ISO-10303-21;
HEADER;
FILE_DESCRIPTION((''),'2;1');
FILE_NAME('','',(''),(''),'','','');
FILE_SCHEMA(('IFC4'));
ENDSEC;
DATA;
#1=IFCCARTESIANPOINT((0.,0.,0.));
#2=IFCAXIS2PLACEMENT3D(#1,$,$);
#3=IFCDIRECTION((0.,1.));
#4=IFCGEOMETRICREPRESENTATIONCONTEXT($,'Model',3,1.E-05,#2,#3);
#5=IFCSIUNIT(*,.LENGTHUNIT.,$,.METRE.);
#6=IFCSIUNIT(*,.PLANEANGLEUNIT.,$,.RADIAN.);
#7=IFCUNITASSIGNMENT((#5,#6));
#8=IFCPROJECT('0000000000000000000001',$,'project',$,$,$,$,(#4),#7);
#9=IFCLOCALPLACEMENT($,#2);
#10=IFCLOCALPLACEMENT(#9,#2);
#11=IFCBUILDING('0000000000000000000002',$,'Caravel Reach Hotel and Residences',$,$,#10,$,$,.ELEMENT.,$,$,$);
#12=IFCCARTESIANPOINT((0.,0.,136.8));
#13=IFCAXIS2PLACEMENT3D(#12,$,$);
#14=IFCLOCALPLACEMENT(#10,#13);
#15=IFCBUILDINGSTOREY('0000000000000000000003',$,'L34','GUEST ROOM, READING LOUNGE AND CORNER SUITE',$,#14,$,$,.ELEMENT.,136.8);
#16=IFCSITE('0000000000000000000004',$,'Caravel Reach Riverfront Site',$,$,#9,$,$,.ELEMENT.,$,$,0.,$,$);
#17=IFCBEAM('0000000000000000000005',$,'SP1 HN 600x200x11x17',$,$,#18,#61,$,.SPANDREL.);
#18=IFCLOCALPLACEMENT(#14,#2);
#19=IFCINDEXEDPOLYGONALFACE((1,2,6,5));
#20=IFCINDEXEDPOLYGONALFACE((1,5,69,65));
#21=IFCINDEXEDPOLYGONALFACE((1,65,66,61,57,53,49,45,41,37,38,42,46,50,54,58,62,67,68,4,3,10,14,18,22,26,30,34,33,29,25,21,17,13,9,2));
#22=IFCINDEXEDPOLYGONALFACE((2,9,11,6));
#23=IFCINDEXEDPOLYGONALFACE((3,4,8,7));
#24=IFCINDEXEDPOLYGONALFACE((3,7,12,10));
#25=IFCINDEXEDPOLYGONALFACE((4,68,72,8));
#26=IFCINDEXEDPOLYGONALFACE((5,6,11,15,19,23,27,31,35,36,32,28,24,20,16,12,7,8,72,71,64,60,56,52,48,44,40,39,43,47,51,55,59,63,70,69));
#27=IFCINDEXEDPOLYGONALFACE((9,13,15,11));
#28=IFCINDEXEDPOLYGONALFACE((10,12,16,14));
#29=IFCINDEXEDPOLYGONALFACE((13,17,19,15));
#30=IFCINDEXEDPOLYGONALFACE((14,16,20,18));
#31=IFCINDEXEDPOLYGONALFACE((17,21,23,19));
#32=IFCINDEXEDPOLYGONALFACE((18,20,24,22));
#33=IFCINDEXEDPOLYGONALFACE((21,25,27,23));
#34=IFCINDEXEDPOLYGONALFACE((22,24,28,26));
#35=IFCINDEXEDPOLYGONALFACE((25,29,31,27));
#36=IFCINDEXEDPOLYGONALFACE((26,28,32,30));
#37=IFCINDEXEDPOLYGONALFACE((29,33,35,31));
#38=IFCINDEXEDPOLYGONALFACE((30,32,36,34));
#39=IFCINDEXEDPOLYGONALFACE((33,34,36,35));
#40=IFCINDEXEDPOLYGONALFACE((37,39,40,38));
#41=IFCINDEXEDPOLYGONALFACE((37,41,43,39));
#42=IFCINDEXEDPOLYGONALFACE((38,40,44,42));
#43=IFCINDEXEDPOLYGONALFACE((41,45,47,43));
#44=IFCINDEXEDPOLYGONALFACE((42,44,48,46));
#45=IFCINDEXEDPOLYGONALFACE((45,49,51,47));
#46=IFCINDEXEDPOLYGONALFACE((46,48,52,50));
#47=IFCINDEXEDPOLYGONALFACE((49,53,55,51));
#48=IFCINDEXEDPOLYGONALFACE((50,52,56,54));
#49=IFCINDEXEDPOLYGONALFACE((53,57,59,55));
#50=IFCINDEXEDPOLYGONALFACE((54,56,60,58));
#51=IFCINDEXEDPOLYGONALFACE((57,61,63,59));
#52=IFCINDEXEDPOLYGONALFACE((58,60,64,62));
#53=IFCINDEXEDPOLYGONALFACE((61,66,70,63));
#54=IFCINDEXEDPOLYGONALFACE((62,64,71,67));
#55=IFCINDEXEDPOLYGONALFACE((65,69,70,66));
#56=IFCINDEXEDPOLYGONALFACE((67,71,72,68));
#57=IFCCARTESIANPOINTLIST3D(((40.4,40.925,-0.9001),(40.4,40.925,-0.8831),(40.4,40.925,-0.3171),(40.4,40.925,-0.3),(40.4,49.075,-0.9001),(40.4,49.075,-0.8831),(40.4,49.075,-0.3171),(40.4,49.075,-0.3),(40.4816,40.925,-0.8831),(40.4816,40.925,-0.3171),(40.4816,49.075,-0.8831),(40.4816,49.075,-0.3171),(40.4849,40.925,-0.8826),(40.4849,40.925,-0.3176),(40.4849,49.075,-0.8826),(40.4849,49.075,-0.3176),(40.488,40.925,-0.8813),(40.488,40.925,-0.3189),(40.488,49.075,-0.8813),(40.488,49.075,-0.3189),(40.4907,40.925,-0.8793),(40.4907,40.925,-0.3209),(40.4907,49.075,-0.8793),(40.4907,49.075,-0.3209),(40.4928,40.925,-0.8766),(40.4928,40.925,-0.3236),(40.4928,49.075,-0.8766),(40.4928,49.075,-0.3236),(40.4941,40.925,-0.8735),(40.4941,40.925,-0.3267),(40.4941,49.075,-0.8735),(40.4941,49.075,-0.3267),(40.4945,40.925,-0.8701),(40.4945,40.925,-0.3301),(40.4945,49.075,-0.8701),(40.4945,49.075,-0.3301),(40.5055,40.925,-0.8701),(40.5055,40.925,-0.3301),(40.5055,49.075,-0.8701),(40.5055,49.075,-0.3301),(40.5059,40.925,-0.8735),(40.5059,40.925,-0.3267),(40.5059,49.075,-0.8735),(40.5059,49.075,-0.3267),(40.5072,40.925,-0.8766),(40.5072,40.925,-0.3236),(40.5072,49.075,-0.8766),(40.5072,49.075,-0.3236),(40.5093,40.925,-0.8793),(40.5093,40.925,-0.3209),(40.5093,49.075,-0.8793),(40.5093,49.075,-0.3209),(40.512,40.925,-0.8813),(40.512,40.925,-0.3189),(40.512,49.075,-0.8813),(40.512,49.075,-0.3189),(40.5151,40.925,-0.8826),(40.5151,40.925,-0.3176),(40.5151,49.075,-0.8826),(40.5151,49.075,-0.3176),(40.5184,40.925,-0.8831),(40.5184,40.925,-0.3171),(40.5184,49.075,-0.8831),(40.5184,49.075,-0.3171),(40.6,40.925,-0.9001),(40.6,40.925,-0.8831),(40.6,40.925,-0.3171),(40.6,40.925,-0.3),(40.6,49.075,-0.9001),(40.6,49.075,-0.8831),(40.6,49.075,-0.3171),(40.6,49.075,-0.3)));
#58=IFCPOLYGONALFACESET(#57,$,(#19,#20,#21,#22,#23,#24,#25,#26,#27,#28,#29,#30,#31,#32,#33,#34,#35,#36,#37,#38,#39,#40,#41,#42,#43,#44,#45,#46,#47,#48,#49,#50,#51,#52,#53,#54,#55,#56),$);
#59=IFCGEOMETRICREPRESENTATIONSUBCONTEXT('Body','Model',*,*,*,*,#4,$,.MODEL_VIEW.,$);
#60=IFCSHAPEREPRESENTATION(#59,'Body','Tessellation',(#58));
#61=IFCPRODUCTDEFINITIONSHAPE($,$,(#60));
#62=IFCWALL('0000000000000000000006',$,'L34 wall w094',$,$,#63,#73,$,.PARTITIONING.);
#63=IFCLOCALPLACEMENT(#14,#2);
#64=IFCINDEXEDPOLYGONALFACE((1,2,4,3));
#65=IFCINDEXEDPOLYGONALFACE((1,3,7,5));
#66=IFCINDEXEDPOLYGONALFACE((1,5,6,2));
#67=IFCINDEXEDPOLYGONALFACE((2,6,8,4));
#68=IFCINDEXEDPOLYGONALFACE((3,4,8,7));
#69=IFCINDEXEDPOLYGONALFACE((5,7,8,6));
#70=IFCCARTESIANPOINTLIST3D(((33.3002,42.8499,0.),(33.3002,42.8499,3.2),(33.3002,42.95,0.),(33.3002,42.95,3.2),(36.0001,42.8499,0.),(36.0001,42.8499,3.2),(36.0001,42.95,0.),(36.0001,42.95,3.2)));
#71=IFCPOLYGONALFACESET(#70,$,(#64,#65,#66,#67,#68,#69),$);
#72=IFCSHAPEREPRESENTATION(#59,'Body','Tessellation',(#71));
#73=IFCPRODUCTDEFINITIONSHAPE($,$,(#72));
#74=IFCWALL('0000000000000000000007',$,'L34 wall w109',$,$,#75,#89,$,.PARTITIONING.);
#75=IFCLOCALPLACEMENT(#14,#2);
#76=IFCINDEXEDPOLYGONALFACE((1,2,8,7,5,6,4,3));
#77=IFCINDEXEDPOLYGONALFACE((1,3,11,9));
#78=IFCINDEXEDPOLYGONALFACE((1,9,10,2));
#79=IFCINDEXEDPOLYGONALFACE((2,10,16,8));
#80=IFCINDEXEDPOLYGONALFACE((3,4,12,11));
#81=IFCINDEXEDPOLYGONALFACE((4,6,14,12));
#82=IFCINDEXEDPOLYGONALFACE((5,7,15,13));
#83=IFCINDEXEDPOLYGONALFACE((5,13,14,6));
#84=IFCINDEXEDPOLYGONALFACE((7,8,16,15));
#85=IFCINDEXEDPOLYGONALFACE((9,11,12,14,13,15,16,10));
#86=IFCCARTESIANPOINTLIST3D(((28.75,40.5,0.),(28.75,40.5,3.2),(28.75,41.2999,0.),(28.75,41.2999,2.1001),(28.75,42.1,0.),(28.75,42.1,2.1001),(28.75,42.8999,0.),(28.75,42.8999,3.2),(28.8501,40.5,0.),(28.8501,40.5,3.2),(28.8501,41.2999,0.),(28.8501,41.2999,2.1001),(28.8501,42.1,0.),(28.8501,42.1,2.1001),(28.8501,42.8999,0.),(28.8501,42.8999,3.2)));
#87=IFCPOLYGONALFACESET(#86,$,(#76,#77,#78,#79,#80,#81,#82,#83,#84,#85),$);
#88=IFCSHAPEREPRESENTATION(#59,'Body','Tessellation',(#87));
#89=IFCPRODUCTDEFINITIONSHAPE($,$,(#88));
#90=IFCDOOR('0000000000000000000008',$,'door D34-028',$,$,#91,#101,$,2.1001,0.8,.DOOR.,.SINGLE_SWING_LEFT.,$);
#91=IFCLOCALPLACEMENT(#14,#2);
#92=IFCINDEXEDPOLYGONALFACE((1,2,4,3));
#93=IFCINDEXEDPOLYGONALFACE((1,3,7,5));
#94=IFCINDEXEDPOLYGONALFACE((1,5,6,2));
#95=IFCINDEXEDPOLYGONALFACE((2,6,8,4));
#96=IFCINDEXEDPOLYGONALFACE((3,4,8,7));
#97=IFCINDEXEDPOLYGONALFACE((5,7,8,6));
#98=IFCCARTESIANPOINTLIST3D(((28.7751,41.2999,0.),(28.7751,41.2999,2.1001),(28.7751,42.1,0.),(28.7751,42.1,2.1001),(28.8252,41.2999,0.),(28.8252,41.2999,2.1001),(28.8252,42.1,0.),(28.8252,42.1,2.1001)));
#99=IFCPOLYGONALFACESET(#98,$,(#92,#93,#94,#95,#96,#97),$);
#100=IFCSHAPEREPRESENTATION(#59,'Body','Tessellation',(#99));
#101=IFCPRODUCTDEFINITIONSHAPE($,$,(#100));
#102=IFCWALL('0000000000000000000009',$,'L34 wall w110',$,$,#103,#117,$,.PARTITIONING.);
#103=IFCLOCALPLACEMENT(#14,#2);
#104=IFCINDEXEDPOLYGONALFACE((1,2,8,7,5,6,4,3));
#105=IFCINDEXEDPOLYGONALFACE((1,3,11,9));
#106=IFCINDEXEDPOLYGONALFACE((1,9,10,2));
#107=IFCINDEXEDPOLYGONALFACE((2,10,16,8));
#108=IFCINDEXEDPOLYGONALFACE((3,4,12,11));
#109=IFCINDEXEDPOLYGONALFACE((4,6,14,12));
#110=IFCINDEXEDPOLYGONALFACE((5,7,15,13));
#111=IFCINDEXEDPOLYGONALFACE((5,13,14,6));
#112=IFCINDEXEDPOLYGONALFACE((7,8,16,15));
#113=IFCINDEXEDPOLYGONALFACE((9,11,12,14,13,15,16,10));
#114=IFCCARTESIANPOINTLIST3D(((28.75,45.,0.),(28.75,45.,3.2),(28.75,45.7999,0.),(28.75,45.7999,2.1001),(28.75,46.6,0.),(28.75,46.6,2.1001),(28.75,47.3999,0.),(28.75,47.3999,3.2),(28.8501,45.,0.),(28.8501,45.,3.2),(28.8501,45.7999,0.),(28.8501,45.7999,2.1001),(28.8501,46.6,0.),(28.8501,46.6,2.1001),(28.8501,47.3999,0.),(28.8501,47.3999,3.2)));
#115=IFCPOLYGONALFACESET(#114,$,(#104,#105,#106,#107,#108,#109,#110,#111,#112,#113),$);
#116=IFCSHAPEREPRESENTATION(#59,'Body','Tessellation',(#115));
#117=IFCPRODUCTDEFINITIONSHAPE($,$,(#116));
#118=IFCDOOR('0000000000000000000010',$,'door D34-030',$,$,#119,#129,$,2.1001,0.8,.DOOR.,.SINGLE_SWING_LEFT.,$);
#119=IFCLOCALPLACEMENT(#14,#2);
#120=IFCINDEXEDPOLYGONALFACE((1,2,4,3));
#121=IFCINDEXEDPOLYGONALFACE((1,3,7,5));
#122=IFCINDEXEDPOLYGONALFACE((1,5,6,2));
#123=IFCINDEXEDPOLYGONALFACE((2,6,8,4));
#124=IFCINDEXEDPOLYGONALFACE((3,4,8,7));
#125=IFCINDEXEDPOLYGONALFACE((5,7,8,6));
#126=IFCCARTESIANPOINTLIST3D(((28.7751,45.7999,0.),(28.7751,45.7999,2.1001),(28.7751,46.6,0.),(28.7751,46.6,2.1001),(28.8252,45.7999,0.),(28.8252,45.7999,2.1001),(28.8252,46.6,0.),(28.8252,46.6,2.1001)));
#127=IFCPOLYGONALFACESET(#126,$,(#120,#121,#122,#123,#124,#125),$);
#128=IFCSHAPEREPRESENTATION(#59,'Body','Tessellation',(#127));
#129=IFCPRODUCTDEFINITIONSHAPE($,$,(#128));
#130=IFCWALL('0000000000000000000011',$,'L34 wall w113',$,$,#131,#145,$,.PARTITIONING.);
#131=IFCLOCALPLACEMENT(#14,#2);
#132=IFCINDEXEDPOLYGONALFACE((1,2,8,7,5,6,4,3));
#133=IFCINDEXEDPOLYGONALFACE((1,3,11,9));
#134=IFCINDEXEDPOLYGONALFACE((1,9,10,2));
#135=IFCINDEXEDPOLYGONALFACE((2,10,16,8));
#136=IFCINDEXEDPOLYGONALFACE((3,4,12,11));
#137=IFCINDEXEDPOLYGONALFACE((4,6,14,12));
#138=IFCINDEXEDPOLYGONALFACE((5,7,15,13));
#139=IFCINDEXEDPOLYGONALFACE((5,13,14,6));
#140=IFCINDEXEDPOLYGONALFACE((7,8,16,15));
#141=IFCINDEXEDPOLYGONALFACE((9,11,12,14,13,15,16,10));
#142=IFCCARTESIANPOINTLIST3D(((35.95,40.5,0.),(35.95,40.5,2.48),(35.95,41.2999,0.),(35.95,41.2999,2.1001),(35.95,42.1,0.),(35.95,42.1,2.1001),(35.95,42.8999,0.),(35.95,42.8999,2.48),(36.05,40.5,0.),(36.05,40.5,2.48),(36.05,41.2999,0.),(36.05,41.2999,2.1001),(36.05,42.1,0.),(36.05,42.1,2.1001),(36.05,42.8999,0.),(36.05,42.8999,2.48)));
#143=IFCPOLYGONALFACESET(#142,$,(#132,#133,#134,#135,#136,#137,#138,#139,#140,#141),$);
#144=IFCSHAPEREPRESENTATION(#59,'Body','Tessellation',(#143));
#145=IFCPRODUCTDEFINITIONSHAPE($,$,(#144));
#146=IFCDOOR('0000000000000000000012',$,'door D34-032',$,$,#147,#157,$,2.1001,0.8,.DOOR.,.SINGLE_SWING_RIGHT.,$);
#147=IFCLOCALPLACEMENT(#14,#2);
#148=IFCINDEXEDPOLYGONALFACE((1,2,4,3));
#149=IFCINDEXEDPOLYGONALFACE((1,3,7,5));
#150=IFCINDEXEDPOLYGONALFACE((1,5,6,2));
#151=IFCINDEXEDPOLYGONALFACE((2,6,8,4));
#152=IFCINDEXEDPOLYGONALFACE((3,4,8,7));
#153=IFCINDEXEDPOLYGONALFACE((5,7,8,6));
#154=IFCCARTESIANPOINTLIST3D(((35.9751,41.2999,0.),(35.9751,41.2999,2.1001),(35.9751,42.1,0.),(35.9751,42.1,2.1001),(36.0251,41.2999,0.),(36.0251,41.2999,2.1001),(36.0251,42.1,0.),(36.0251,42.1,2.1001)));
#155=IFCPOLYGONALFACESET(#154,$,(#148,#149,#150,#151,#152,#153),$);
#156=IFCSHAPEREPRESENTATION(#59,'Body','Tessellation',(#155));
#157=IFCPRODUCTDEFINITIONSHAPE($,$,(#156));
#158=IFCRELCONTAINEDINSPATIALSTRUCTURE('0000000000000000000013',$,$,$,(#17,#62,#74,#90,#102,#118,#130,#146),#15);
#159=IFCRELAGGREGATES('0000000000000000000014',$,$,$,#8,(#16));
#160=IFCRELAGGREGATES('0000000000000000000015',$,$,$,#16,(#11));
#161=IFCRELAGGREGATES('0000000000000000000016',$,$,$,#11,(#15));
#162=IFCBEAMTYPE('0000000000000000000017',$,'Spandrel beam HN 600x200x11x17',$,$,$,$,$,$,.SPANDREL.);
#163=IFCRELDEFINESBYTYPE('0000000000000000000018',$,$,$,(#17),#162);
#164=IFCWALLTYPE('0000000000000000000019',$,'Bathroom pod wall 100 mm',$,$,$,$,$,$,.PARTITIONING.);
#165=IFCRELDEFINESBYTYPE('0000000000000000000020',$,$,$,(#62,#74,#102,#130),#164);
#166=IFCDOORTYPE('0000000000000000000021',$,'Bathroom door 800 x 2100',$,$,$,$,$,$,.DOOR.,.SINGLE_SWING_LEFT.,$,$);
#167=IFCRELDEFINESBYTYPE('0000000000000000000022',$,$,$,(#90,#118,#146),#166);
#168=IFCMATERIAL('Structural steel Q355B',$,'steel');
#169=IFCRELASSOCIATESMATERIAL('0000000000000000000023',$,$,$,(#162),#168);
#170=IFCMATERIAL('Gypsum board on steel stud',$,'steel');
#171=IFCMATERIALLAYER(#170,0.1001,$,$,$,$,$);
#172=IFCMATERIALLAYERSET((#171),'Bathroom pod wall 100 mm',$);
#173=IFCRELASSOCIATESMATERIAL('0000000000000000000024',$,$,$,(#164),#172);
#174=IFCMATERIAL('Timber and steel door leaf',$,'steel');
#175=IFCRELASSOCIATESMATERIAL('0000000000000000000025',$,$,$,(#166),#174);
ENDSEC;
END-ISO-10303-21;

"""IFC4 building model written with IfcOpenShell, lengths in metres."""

from ifc_helpers import new_model, si_unit, direction, frame, frame_2d, origin, origin_2d, place, context, subcontext, project, spatial, rectangle, i_section, extrude, material, layer, layer_set, material_profile, profile_set, type_object, element, fill, save


model = new_model("IFC4")

# Units and contexts
model_context = context("Model", 3, precision=1e-05, world=origin(), true_north=direction((0.0, 1.0)))
body_context = subcontext(model_context, "Body", "Model", "MODEL_VIEW")
ifc_project = project(units=[si_unit("LENGTHUNIT", "METRE"), si_unit("PLANEANGLEUNIT", "RADIAN")], contexts=[model_context])

# Site, building, storey
site_placement = place(None, origin())
site = spatial("IfcSite", under=ifc_project, at=site_placement, Name="Caravel Reach Riverfront Site", CompositionType="ELEMENT", RefElevation=0.0)
building_placement = place(site_placement, origin())
building = spatial("IfcBuilding", under=site, at=building_placement, Name="Caravel Reach Hotel and Residences", CompositionType="ELEMENT")
storey_placement = place(building_placement, frame((0.0, 0.0, 136.8)))
storey = spatial("IfcBuildingStorey", under=building, at=storey_placement, Name="L34", Description="GUEST ROOM, READING LOUNGE AND CORNER SUITE", CompositionType="ELEMENT", Elevation=136.8)

# Beam
ifc_material_1 = material(Name="Structural steel Q355B", Category="steel")
ifc_material_profile_1 = material_profile(ifc_material_1, i_section(OverallWidth=0.2, OverallDepth=0.6001, WebThickness=0.011, FlangeThickness=0.0171, FilletRadius=0.0129, at=origin_2d()), Name="HN 600x200x11x17")
ifc_profile_set_1 = profile_set([ifc_material_profile_1], Name="Structural steel Q355B")
beam_type_1 = type_object("IfcBeamType", Name="Spandrel beam HN 600x200x11x17", PredefinedType="SPANDREL", material=ifc_profile_set_1)
beam_1_placement = place(storey_placement, frame((40.5, 40.925, -0.6001), z_axis=(0.0, 1.0, 0.0), x_axis=(-1.0, 0.0, 0.0)))
element("IfcBeam", 1, at=beam_1_placement, inside=storey, type_object=beam_type_1, Name="SP1 HN 600x200x11x17", PredefinedType="SPANDREL", context=body_context, shape_type="SweptSolid", body=[
    extrude(i_section(OverallWidth=0.2, OverallDepth=0.6001, WebThickness=0.011, FlangeThickness=0.0171, FilletRadius=0.0129, at=origin_2d()), origin(), (0.0, 0.0, 1.0), 8.1499),
])

# Wall
ifc_material_2 = material(Name="Gypsum board on steel stud", Category="steel")
ifc_layer_1 = layer(ifc_material_2, 0.1001)
ifc_layer_set_1 = layer_set([ifc_layer_1], Name="Bathroom pod wall 100 mm")
wall_type_1 = type_object("IfcWallType", Name="Bathroom pod wall 100 mm", PredefinedType="PARTITIONING", material=ifc_layer_set_1)
wall_1_placement = place(storey_placement, frame((33.3, 42.8999, 0.0), z_axis=(0.0, 0.0, 1.0), x_axis=(1.0, 0.0, 0.0)))
element("IfcWall", 2, at=wall_1_placement, inside=storey, type_object=wall_type_1, Name="L34 wall w094", PredefinedType="PARTITIONING", context=body_context, shape_type="SweptSolid", body=[
    extrude(rectangle(XDim=2.7, YDim=0.1001, at=frame_2d((1.3501, 0.0))), origin(), (0.0, 0.0, 1.0), 3.2),
])

# Walls, openings, doors
wall_2_placement = place(storey_placement, frame((28.8, 40.5, 0.0), z_axis=(0.0, 0.0, 1.0), x_axis=(0.0, 1.0, 0.0)))
wall_2 = element("IfcWall", 3, at=wall_2_placement, inside=storey, type_object=wall_type_1, Name="L34 wall w109", PredefinedType="PARTITIONING", context=body_context, shape_type="SweptSolid", body=[
    extrude(rectangle(XDim=2.3999, YDim=0.1001, at=frame_2d((1.2, 0.0))), origin(), (0.0, 0.0, 1.0), 3.2),
])
opening_1_placement = place(wall_2_placement, frame((0.8, 0.0, 0.0)))
opening_1 = element("IfcOpeningElement", 4, at=opening_1_placement, cuts=wall_2, PredefinedType="OPENING", context=body_context, shape_type="SweptSolid", body=[
    extrude(rectangle(XDim=0.8, YDim=2.1001, at=frame_2d((0.3999, 1.05))), frame((0.0, 0.0601, 0.0), z_axis=(0.0, -1.0, 0.0), x_axis=(1.0, 0.0, 0.0)), (0.0, 0.0, 1.0), 0.1201),
])
ifc_material_3 = material(Name="Timber and steel door leaf", Category="steel")
door_type = type_object("IfcDoorType", Name="Bathroom door 800 x 2100", OperationType="SINGLE_SWING_LEFT", PredefinedType="DOOR", material=ifc_material_3)
door_1_placement = place(opening_1_placement, origin())
door_1 = element("IfcDoor", 5, at=door_1_placement, inside=storey, type_object=door_type, Name="door D34-028", OperationType="SINGLE_SWING_LEFT", OverallHeight=2.1001, OverallWidth=0.8, PredefinedType="DOOR", context=body_context, shape_type="SweptSolid", body=[
    extrude(rectangle(XDim=0.8, YDim=2.1001, at=frame_2d((0.3999, 1.05))), frame((0.0, 0.0249, 0.0), z_axis=(0.0, -1.0, 0.0), x_axis=(1.0, 0.0, 0.0)), (0.0, 0.0, 1.0), 0.05),
])
fill(opening_1, door_1)
wall_3_placement = place(storey_placement, frame((28.8, 45.0, 0.0), z_axis=(0.0, 0.0, 1.0), x_axis=(0.0, 1.0, 0.0)))
wall_3 = element("IfcWall", 6, at=wall_3_placement, inside=storey, type_object=wall_type_1, Name="L34 wall w110", PredefinedType="PARTITIONING", context=body_context, shape_type="SweptSolid", body=[
    extrude(rectangle(XDim=2.3999, YDim=0.1001, at=frame_2d((1.2, 0.0))), origin(), (0.0, 0.0, 1.0), 3.2),
])
opening_2_placement = place(wall_3_placement, frame((0.8, 0.0, 0.0)))
opening_2 = element("IfcOpeningElement", 7, at=opening_2_placement, cuts=wall_3, PredefinedType="OPENING", context=body_context, shape_type="SweptSolid", body=[
    extrude(rectangle(XDim=0.8, YDim=2.1001, at=frame_2d((0.3999, 1.05))), frame((0.0, 0.0601, 0.0), z_axis=(0.0, -1.0, 0.0), x_axis=(1.0, 0.0, 0.0)), (0.0, 0.0, 1.0), 0.1201),
])
door_2_placement = place(opening_2_placement, origin())
door_2 = element("IfcDoor", 8, at=door_2_placement, inside=storey, type_object=door_type, Name="door D34-030", OperationType="SINGLE_SWING_LEFT", OverallHeight=2.1001, OverallWidth=0.8, PredefinedType="DOOR", context=body_context, shape_type="SweptSolid", body=[
    extrude(rectangle(XDim=0.8, YDim=2.1001, at=frame_2d((0.3999, 1.05))), frame((0.0, 0.0249, 0.0), z_axis=(0.0, -1.0, 0.0), x_axis=(1.0, 0.0, 0.0)), (0.0, 0.0, 1.0), 0.05),
])
fill(opening_2, door_2)
wall_4_placement = place(storey_placement, frame((36.0, 40.5, 0.0), z_axis=(0.0, 0.0, 1.0), x_axis=(0.0, 1.0, 0.0)))
wall_4 = element("IfcWall", 9, at=wall_4_placement, inside=storey, type_object=wall_type_1, Name="L34 wall w113", PredefinedType="PARTITIONING", context=body_context, shape_type="SweptSolid", body=[
    extrude(rectangle(XDim=2.3999, YDim=0.1001, at=frame_2d((1.2, 0.0))), origin(), (0.0, 0.0, 1.0), 2.48),
])
opening_3_placement = place(wall_4_placement, frame((0.8, 0.0, 0.0)))
opening_3 = element("IfcOpeningElement", 10, at=opening_3_placement, cuts=wall_4, PredefinedType="OPENING", context=body_context, shape_type="SweptSolid", body=[
    extrude(rectangle(XDim=0.8, YDim=2.1001, at=frame_2d((0.3999, 1.05))), frame((0.0, 0.0601, 0.0), z_axis=(0.0, -1.0, 0.0), x_axis=(1.0, 0.0, 0.0)), (0.0, 0.0, 1.0), 0.1201),
])
door_3_placement = place(opening_3_placement, origin())
door_3 = element("IfcDoor", 11, at=door_3_placement, inside=storey, type_object=door_type, Name="door D34-032", OperationType="SINGLE_SWING_RIGHT", OverallHeight=2.1001, OverallWidth=0.8, PredefinedType="DOOR", context=body_context, shape_type="SweptSolid", body=[
    extrude(rectangle(XDim=0.8, YDim=2.1001, at=frame_2d((0.3999, 1.05))), frame((0.0, 0.0249, 0.0), z_axis=(0.0, -1.0, 0.0), x_axis=(1.0, 0.0, 0.0)), (0.0, 0.0, 1.0), 0.05),
])
fill(opening_3, door_3)

save(model, "model.ifc")
